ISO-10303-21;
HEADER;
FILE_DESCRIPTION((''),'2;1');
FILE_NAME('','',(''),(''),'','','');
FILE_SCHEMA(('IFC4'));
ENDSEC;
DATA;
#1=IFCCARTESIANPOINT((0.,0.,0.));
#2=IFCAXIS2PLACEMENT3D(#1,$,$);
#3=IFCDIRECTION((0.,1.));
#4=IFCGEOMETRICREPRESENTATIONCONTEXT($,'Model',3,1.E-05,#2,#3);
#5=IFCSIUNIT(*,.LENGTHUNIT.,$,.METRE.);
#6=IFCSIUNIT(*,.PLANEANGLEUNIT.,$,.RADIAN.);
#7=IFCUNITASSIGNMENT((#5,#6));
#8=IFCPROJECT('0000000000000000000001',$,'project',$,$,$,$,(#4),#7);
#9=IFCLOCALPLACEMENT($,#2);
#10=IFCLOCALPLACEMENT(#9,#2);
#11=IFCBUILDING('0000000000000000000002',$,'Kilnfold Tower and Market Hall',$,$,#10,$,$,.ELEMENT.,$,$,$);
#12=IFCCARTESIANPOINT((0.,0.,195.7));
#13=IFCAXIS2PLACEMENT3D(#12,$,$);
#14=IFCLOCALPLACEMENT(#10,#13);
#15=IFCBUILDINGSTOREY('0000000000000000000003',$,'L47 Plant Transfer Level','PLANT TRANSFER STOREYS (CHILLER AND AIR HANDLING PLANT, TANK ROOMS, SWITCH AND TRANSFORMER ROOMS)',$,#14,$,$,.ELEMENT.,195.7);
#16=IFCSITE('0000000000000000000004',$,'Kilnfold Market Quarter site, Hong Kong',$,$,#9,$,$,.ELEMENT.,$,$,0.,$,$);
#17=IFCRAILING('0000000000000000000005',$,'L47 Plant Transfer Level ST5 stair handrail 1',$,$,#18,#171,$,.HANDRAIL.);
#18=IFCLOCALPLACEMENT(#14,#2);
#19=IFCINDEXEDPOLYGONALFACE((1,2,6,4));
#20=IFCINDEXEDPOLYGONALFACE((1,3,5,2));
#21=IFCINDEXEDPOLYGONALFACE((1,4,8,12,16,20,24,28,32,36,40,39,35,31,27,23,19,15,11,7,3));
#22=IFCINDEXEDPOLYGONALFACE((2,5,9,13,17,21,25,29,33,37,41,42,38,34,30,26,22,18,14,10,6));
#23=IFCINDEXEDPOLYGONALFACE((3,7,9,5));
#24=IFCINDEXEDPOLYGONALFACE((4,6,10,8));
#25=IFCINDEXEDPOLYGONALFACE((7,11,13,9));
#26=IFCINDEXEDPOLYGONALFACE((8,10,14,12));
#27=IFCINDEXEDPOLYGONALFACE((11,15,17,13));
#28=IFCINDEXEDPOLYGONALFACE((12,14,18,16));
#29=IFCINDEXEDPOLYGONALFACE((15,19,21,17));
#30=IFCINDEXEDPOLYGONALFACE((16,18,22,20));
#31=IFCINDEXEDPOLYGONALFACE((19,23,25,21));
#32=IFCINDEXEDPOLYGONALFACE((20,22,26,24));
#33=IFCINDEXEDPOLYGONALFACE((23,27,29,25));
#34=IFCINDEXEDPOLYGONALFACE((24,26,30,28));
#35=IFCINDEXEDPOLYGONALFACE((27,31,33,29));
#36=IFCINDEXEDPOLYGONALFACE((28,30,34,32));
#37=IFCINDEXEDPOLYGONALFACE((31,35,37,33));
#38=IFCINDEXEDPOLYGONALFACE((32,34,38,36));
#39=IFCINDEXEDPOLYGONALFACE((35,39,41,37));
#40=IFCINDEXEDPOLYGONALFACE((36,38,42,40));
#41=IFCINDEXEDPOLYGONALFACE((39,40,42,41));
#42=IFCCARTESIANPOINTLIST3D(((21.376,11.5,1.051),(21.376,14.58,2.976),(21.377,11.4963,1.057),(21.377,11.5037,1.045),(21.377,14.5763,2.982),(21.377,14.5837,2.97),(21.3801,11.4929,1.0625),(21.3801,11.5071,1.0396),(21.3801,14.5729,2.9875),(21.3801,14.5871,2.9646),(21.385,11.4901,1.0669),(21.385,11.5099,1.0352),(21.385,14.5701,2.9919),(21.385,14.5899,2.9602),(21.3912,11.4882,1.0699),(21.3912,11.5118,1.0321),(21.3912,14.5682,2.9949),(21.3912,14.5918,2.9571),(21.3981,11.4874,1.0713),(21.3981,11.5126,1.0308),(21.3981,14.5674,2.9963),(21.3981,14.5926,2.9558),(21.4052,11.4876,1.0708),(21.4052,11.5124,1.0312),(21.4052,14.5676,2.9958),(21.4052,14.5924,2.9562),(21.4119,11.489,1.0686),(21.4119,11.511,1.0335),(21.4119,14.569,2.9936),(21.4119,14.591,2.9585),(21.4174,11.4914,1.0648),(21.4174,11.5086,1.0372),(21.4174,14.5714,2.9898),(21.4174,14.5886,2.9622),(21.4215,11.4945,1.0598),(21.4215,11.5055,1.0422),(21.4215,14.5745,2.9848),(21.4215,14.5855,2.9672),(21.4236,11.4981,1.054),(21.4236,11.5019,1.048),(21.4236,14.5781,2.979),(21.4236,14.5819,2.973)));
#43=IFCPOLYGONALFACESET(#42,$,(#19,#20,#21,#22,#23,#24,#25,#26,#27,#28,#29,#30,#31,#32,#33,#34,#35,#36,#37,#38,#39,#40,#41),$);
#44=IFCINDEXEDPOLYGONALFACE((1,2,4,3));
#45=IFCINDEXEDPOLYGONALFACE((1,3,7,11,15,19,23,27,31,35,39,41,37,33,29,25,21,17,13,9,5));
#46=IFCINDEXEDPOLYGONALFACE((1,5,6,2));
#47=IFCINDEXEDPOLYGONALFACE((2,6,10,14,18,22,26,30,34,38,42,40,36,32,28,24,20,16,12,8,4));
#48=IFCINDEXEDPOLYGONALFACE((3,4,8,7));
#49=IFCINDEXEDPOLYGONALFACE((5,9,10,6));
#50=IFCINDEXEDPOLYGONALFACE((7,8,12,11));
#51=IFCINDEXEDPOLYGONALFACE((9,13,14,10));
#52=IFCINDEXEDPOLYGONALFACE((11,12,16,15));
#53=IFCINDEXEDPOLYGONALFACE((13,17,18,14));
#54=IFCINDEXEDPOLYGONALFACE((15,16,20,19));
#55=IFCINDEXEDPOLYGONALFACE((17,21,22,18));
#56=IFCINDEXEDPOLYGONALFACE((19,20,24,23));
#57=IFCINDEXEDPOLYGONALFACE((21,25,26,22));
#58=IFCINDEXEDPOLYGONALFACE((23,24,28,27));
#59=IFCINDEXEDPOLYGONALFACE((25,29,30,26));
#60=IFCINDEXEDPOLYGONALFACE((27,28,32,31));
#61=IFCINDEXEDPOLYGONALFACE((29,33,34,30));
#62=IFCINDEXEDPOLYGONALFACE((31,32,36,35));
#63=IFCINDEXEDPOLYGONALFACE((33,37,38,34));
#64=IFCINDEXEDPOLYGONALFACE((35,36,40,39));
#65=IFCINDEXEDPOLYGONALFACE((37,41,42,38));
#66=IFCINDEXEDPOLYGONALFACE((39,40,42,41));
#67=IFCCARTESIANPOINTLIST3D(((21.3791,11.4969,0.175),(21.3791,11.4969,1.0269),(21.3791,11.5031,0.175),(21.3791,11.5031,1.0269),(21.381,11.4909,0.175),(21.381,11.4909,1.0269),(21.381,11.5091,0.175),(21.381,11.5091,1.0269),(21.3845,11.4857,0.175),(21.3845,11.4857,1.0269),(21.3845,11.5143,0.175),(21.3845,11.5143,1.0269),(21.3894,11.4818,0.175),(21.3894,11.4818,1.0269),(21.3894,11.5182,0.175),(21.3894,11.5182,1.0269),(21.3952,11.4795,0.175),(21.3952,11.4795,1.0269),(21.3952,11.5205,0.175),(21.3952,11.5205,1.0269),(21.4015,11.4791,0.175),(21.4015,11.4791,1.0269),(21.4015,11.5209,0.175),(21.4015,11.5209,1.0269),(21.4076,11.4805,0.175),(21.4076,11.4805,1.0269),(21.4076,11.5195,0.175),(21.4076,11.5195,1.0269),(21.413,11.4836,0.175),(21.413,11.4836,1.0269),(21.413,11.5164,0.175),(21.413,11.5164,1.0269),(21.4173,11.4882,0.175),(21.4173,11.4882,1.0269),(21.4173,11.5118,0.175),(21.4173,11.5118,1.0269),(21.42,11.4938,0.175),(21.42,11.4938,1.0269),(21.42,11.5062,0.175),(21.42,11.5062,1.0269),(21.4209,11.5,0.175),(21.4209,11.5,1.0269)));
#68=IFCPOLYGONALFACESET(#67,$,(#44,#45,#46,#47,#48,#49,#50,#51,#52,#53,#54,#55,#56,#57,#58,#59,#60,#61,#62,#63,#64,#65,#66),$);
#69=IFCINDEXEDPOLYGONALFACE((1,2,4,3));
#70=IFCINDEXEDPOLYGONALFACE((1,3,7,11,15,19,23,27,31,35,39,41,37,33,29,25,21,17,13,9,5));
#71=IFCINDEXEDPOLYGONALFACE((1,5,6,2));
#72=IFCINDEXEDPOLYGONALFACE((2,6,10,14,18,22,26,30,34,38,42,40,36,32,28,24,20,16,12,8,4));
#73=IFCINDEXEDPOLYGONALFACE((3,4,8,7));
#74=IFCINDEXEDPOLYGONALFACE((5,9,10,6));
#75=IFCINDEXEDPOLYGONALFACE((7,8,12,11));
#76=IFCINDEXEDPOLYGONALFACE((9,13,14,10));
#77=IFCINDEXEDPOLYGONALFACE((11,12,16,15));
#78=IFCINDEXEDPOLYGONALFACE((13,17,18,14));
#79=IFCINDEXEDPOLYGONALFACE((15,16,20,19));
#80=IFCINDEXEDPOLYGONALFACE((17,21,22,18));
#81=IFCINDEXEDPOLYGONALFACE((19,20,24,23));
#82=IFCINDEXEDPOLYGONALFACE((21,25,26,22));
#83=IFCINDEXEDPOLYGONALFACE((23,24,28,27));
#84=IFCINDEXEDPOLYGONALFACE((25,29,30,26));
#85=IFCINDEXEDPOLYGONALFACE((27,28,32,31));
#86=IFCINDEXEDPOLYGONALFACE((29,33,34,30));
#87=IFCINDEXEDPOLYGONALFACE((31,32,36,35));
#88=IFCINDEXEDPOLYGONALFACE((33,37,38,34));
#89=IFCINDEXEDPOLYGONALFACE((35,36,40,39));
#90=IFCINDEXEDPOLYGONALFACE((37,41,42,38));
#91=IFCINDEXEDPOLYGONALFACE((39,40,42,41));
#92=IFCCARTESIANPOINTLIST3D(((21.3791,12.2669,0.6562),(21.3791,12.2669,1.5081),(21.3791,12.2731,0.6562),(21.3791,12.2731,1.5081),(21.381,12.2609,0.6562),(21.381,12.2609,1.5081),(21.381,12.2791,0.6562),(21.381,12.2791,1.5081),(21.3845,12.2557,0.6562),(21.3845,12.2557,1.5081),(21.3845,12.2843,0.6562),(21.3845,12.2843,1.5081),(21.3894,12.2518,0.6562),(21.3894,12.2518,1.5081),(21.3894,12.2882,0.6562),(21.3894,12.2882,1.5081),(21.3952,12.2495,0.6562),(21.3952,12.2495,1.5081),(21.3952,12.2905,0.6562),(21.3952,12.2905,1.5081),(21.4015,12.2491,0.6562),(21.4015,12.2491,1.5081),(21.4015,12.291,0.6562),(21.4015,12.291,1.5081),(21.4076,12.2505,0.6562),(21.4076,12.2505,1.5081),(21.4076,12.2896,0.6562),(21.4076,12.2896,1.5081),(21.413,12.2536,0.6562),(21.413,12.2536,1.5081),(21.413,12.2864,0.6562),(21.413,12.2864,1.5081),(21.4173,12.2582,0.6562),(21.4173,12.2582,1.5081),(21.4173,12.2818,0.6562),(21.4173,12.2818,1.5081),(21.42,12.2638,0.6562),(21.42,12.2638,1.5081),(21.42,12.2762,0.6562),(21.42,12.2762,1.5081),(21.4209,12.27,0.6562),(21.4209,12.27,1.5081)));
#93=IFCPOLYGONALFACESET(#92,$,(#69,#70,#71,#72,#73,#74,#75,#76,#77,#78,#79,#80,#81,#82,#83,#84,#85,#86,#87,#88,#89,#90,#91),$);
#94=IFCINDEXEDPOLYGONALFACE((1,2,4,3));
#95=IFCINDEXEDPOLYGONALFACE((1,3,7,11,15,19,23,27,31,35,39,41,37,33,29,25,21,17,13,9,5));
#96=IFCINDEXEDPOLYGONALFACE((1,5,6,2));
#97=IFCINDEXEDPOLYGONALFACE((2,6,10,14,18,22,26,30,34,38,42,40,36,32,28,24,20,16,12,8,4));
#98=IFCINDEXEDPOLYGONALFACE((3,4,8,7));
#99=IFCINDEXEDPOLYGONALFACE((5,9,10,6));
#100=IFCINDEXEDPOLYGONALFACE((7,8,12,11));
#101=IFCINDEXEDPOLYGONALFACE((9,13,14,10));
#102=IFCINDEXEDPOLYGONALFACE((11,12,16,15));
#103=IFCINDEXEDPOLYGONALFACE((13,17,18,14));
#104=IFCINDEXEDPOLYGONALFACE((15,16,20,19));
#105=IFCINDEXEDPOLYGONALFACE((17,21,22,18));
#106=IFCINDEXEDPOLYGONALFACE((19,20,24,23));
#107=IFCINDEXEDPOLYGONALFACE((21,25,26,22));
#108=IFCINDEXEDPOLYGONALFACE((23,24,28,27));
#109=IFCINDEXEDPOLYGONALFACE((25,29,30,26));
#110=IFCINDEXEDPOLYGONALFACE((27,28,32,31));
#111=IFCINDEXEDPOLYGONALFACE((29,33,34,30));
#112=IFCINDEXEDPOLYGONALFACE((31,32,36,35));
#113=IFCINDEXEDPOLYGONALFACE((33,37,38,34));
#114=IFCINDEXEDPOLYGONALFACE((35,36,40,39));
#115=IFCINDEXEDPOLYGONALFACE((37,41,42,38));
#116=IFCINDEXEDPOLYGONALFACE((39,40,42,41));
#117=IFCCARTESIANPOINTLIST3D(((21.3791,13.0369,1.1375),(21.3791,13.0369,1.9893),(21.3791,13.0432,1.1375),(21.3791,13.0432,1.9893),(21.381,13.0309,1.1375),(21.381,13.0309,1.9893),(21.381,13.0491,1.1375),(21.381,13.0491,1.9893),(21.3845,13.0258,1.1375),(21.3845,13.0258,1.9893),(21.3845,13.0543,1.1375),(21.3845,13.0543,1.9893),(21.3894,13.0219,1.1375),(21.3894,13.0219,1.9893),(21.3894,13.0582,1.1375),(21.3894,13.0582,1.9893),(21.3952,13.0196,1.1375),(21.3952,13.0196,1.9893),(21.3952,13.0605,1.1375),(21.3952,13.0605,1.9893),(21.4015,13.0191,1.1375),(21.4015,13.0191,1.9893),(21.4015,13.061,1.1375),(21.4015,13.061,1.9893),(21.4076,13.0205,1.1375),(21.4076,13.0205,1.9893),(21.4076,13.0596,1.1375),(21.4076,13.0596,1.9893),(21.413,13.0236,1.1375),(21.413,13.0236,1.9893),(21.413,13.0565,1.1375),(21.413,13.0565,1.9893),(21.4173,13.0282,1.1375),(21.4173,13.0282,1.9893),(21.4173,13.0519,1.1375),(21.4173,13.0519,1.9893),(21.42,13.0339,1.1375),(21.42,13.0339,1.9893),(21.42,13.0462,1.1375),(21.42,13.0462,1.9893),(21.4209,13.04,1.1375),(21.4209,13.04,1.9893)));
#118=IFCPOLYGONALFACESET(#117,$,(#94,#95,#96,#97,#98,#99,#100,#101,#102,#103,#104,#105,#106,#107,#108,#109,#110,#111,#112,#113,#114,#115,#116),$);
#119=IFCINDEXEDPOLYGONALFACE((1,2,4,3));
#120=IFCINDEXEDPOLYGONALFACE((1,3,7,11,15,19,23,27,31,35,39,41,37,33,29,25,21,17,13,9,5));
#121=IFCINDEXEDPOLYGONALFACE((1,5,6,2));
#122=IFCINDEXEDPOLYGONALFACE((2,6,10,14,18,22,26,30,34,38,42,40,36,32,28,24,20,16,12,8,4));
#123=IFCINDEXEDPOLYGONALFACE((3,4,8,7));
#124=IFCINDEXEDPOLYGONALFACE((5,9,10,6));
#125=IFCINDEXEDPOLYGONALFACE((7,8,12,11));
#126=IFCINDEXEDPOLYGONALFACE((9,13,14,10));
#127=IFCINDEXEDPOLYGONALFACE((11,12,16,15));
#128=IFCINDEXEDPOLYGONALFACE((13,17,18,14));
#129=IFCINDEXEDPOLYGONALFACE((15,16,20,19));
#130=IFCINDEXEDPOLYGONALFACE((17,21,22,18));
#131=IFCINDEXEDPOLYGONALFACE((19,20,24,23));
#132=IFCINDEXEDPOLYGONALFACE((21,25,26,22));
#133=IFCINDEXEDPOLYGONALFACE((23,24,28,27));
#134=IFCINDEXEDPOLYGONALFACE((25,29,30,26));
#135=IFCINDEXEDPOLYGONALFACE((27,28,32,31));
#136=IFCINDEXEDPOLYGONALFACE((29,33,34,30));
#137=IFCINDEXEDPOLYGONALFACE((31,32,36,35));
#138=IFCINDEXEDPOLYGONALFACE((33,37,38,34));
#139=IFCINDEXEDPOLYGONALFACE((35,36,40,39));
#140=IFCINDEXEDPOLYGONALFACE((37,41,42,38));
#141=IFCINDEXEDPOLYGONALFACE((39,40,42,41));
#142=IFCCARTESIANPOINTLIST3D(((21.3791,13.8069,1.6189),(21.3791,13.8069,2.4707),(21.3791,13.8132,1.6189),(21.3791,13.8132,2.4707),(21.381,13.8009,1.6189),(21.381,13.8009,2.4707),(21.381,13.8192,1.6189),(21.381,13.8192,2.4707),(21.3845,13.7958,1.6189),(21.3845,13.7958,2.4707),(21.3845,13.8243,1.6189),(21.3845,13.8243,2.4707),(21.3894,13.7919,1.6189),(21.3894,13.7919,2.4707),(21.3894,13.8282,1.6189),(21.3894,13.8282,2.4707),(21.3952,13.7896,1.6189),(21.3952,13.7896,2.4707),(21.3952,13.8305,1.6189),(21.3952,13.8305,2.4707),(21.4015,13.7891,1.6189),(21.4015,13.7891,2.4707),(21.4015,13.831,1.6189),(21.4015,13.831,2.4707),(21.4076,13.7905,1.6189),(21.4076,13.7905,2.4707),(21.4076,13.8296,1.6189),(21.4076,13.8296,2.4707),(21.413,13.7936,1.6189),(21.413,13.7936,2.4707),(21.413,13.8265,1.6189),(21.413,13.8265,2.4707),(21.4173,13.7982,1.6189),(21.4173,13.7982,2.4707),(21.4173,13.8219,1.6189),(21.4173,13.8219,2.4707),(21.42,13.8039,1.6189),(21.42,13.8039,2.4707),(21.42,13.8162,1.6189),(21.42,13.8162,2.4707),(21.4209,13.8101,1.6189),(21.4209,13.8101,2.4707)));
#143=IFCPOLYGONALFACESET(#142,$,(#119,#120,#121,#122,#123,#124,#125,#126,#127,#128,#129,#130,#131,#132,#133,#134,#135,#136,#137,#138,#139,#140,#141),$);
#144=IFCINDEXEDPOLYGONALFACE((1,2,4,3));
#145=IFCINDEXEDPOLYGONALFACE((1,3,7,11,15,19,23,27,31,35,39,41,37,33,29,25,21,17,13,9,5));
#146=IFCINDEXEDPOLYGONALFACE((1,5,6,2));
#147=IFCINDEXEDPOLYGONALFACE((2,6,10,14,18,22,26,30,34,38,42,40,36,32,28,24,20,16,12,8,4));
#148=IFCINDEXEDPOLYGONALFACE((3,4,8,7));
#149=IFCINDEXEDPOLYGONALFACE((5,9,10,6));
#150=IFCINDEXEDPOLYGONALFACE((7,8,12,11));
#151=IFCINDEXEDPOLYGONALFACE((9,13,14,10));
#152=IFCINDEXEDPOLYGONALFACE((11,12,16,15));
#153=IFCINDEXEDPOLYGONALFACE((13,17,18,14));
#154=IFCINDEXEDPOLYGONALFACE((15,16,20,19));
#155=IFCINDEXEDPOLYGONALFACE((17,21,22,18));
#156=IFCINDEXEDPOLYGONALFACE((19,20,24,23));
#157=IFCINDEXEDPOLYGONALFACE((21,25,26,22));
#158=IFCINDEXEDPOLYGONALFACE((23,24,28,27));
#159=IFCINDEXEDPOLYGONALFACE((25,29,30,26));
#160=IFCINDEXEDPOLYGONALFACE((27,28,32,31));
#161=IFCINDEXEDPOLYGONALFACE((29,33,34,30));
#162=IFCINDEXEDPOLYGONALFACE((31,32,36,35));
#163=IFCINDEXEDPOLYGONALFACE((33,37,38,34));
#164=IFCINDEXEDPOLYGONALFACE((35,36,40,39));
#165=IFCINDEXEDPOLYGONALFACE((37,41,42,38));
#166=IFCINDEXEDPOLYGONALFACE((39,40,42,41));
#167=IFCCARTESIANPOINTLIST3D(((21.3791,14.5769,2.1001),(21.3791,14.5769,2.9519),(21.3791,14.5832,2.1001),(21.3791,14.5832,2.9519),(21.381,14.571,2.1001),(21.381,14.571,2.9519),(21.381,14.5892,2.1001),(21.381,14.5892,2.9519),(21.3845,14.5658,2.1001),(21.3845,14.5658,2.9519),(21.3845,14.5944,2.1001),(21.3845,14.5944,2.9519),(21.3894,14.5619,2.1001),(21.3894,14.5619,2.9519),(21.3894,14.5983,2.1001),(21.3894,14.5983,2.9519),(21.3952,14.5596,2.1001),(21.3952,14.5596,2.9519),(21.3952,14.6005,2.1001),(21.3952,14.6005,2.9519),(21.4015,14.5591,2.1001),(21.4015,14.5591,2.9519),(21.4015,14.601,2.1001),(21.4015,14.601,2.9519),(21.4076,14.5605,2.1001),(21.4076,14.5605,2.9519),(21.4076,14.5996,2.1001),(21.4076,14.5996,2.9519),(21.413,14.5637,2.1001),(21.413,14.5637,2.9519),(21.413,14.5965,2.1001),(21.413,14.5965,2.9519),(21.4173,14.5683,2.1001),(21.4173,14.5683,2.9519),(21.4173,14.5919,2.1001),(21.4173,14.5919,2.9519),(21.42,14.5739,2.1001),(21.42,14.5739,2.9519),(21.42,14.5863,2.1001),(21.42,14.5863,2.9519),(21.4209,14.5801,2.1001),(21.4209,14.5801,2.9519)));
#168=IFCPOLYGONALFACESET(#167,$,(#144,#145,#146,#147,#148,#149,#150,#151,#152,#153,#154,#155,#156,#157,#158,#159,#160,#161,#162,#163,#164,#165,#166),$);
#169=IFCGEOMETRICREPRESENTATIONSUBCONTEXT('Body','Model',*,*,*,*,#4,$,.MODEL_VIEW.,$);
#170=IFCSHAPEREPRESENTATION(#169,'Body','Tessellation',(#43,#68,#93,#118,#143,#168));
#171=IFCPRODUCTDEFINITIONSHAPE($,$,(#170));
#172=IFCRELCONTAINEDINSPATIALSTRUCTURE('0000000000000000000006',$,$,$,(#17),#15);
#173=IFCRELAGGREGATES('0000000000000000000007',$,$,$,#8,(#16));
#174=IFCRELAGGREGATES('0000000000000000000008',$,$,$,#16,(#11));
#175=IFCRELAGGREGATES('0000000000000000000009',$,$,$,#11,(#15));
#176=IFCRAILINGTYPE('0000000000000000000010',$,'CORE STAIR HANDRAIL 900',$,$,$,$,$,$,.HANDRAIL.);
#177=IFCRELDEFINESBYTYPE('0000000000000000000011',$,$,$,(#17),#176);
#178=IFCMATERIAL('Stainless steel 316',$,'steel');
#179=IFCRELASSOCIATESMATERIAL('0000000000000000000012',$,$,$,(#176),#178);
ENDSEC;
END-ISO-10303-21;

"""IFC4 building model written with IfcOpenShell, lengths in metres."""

from ifc_helpers import new_model, si_unit, direction, frame, origin, origin_2d, place, context, subcontext, project, spatial, circle, extrude, material, type_object, element, save


model = new_model("IFC4")

# Units and contexts
model_context = context("Model", 3, precision=1e-05, world=origin(), true_north=direction((0.0, 1.0)))
body_context = subcontext(model_context, "Body", "Model", "MODEL_VIEW")
ifc_project = project(units=[si_unit("LENGTHUNIT", "METRE"), si_unit("PLANEANGLEUNIT", "RADIAN")], contexts=[model_context])

# Site, building, storey
site_placement = place(None, origin())
site = spatial("IfcSite", under=ifc_project, at=site_placement, Name="Kilnfold Market Quarter site, Hong Kong", CompositionType="ELEMENT", RefElevation=0.0)
building_placement = place(site_placement, origin())
building = spatial("IfcBuilding", under=site, at=building_placement, Name="Kilnfold Tower and Market Hall", CompositionType="ELEMENT")
storey_placement = place(building_placement, frame((0.0, 0.0, 195.7)))
storey = spatial("IfcBuildingStorey", under=building, at=storey_placement, Name="L47 Plant Transfer Level", Description="PLANT TRANSFER STOREYS (CHILLER AND AIR HANDLING PLANT, TANK ROOMS, SWITCH AND TRANSFORMER ROOMS)", CompositionType="ELEMENT", Elevation=195.7)

# Railing
ifc_material_1 = material(Name="Stainless steel 316", Category="steel")
railing_type_1 = type_object("IfcRailingType", Name="CORE STAIR HANDRAIL 900", PredefinedType="HANDRAIL", material=ifc_material_1)
railing_1_placement = place(storey_placement, frame((21.3999, 11.5, 0.175)))
element("IfcRailing", 1, at=railing_1_placement, inside=storey, type_object=railing_type_1, Name="L47 Plant Transfer Level ST5 stair handrail 1", PredefinedType="HANDRAIL", context=body_context, shape_type="SweptSolid", body=[
    extrude(circle(Radius=0.0239, at=origin_2d()), frame((0.0, 0.0, 0.876), z_axis=(0.0, 0.847998, 0.529999), x_axis=(-1.0, 0.0, 0.0)), (0.0, 0.0, 1.0), 3.6321),
    extrude(circle(Radius=0.021, at=origin_2d()), origin(), (0.0, 0.0, 1.0), 0.8518),
    extrude(circle(Radius=0.021, at=origin_2d()), frame((0.0, 0.77, 0.4812)), (0.0, 0.0, 1.0), 0.8518),
    extrude(circle(Radius=0.021, at=origin_2d()), frame((0.0, 1.54, 0.9624)), (0.0, 0.0, 1.0), 0.8518),
    extrude(circle(Radius=0.021, at=origin_2d()), frame((0.0, 2.3101, 1.4438)), (0.0, 0.0, 1.0), 0.8518),
    extrude(circle(Radius=0.021, at=origin_2d()), frame((0.0, 3.0801, 1.925)), (0.0, 0.0, 1.0), 0.8518),
])

save(model, "model.ifc")
